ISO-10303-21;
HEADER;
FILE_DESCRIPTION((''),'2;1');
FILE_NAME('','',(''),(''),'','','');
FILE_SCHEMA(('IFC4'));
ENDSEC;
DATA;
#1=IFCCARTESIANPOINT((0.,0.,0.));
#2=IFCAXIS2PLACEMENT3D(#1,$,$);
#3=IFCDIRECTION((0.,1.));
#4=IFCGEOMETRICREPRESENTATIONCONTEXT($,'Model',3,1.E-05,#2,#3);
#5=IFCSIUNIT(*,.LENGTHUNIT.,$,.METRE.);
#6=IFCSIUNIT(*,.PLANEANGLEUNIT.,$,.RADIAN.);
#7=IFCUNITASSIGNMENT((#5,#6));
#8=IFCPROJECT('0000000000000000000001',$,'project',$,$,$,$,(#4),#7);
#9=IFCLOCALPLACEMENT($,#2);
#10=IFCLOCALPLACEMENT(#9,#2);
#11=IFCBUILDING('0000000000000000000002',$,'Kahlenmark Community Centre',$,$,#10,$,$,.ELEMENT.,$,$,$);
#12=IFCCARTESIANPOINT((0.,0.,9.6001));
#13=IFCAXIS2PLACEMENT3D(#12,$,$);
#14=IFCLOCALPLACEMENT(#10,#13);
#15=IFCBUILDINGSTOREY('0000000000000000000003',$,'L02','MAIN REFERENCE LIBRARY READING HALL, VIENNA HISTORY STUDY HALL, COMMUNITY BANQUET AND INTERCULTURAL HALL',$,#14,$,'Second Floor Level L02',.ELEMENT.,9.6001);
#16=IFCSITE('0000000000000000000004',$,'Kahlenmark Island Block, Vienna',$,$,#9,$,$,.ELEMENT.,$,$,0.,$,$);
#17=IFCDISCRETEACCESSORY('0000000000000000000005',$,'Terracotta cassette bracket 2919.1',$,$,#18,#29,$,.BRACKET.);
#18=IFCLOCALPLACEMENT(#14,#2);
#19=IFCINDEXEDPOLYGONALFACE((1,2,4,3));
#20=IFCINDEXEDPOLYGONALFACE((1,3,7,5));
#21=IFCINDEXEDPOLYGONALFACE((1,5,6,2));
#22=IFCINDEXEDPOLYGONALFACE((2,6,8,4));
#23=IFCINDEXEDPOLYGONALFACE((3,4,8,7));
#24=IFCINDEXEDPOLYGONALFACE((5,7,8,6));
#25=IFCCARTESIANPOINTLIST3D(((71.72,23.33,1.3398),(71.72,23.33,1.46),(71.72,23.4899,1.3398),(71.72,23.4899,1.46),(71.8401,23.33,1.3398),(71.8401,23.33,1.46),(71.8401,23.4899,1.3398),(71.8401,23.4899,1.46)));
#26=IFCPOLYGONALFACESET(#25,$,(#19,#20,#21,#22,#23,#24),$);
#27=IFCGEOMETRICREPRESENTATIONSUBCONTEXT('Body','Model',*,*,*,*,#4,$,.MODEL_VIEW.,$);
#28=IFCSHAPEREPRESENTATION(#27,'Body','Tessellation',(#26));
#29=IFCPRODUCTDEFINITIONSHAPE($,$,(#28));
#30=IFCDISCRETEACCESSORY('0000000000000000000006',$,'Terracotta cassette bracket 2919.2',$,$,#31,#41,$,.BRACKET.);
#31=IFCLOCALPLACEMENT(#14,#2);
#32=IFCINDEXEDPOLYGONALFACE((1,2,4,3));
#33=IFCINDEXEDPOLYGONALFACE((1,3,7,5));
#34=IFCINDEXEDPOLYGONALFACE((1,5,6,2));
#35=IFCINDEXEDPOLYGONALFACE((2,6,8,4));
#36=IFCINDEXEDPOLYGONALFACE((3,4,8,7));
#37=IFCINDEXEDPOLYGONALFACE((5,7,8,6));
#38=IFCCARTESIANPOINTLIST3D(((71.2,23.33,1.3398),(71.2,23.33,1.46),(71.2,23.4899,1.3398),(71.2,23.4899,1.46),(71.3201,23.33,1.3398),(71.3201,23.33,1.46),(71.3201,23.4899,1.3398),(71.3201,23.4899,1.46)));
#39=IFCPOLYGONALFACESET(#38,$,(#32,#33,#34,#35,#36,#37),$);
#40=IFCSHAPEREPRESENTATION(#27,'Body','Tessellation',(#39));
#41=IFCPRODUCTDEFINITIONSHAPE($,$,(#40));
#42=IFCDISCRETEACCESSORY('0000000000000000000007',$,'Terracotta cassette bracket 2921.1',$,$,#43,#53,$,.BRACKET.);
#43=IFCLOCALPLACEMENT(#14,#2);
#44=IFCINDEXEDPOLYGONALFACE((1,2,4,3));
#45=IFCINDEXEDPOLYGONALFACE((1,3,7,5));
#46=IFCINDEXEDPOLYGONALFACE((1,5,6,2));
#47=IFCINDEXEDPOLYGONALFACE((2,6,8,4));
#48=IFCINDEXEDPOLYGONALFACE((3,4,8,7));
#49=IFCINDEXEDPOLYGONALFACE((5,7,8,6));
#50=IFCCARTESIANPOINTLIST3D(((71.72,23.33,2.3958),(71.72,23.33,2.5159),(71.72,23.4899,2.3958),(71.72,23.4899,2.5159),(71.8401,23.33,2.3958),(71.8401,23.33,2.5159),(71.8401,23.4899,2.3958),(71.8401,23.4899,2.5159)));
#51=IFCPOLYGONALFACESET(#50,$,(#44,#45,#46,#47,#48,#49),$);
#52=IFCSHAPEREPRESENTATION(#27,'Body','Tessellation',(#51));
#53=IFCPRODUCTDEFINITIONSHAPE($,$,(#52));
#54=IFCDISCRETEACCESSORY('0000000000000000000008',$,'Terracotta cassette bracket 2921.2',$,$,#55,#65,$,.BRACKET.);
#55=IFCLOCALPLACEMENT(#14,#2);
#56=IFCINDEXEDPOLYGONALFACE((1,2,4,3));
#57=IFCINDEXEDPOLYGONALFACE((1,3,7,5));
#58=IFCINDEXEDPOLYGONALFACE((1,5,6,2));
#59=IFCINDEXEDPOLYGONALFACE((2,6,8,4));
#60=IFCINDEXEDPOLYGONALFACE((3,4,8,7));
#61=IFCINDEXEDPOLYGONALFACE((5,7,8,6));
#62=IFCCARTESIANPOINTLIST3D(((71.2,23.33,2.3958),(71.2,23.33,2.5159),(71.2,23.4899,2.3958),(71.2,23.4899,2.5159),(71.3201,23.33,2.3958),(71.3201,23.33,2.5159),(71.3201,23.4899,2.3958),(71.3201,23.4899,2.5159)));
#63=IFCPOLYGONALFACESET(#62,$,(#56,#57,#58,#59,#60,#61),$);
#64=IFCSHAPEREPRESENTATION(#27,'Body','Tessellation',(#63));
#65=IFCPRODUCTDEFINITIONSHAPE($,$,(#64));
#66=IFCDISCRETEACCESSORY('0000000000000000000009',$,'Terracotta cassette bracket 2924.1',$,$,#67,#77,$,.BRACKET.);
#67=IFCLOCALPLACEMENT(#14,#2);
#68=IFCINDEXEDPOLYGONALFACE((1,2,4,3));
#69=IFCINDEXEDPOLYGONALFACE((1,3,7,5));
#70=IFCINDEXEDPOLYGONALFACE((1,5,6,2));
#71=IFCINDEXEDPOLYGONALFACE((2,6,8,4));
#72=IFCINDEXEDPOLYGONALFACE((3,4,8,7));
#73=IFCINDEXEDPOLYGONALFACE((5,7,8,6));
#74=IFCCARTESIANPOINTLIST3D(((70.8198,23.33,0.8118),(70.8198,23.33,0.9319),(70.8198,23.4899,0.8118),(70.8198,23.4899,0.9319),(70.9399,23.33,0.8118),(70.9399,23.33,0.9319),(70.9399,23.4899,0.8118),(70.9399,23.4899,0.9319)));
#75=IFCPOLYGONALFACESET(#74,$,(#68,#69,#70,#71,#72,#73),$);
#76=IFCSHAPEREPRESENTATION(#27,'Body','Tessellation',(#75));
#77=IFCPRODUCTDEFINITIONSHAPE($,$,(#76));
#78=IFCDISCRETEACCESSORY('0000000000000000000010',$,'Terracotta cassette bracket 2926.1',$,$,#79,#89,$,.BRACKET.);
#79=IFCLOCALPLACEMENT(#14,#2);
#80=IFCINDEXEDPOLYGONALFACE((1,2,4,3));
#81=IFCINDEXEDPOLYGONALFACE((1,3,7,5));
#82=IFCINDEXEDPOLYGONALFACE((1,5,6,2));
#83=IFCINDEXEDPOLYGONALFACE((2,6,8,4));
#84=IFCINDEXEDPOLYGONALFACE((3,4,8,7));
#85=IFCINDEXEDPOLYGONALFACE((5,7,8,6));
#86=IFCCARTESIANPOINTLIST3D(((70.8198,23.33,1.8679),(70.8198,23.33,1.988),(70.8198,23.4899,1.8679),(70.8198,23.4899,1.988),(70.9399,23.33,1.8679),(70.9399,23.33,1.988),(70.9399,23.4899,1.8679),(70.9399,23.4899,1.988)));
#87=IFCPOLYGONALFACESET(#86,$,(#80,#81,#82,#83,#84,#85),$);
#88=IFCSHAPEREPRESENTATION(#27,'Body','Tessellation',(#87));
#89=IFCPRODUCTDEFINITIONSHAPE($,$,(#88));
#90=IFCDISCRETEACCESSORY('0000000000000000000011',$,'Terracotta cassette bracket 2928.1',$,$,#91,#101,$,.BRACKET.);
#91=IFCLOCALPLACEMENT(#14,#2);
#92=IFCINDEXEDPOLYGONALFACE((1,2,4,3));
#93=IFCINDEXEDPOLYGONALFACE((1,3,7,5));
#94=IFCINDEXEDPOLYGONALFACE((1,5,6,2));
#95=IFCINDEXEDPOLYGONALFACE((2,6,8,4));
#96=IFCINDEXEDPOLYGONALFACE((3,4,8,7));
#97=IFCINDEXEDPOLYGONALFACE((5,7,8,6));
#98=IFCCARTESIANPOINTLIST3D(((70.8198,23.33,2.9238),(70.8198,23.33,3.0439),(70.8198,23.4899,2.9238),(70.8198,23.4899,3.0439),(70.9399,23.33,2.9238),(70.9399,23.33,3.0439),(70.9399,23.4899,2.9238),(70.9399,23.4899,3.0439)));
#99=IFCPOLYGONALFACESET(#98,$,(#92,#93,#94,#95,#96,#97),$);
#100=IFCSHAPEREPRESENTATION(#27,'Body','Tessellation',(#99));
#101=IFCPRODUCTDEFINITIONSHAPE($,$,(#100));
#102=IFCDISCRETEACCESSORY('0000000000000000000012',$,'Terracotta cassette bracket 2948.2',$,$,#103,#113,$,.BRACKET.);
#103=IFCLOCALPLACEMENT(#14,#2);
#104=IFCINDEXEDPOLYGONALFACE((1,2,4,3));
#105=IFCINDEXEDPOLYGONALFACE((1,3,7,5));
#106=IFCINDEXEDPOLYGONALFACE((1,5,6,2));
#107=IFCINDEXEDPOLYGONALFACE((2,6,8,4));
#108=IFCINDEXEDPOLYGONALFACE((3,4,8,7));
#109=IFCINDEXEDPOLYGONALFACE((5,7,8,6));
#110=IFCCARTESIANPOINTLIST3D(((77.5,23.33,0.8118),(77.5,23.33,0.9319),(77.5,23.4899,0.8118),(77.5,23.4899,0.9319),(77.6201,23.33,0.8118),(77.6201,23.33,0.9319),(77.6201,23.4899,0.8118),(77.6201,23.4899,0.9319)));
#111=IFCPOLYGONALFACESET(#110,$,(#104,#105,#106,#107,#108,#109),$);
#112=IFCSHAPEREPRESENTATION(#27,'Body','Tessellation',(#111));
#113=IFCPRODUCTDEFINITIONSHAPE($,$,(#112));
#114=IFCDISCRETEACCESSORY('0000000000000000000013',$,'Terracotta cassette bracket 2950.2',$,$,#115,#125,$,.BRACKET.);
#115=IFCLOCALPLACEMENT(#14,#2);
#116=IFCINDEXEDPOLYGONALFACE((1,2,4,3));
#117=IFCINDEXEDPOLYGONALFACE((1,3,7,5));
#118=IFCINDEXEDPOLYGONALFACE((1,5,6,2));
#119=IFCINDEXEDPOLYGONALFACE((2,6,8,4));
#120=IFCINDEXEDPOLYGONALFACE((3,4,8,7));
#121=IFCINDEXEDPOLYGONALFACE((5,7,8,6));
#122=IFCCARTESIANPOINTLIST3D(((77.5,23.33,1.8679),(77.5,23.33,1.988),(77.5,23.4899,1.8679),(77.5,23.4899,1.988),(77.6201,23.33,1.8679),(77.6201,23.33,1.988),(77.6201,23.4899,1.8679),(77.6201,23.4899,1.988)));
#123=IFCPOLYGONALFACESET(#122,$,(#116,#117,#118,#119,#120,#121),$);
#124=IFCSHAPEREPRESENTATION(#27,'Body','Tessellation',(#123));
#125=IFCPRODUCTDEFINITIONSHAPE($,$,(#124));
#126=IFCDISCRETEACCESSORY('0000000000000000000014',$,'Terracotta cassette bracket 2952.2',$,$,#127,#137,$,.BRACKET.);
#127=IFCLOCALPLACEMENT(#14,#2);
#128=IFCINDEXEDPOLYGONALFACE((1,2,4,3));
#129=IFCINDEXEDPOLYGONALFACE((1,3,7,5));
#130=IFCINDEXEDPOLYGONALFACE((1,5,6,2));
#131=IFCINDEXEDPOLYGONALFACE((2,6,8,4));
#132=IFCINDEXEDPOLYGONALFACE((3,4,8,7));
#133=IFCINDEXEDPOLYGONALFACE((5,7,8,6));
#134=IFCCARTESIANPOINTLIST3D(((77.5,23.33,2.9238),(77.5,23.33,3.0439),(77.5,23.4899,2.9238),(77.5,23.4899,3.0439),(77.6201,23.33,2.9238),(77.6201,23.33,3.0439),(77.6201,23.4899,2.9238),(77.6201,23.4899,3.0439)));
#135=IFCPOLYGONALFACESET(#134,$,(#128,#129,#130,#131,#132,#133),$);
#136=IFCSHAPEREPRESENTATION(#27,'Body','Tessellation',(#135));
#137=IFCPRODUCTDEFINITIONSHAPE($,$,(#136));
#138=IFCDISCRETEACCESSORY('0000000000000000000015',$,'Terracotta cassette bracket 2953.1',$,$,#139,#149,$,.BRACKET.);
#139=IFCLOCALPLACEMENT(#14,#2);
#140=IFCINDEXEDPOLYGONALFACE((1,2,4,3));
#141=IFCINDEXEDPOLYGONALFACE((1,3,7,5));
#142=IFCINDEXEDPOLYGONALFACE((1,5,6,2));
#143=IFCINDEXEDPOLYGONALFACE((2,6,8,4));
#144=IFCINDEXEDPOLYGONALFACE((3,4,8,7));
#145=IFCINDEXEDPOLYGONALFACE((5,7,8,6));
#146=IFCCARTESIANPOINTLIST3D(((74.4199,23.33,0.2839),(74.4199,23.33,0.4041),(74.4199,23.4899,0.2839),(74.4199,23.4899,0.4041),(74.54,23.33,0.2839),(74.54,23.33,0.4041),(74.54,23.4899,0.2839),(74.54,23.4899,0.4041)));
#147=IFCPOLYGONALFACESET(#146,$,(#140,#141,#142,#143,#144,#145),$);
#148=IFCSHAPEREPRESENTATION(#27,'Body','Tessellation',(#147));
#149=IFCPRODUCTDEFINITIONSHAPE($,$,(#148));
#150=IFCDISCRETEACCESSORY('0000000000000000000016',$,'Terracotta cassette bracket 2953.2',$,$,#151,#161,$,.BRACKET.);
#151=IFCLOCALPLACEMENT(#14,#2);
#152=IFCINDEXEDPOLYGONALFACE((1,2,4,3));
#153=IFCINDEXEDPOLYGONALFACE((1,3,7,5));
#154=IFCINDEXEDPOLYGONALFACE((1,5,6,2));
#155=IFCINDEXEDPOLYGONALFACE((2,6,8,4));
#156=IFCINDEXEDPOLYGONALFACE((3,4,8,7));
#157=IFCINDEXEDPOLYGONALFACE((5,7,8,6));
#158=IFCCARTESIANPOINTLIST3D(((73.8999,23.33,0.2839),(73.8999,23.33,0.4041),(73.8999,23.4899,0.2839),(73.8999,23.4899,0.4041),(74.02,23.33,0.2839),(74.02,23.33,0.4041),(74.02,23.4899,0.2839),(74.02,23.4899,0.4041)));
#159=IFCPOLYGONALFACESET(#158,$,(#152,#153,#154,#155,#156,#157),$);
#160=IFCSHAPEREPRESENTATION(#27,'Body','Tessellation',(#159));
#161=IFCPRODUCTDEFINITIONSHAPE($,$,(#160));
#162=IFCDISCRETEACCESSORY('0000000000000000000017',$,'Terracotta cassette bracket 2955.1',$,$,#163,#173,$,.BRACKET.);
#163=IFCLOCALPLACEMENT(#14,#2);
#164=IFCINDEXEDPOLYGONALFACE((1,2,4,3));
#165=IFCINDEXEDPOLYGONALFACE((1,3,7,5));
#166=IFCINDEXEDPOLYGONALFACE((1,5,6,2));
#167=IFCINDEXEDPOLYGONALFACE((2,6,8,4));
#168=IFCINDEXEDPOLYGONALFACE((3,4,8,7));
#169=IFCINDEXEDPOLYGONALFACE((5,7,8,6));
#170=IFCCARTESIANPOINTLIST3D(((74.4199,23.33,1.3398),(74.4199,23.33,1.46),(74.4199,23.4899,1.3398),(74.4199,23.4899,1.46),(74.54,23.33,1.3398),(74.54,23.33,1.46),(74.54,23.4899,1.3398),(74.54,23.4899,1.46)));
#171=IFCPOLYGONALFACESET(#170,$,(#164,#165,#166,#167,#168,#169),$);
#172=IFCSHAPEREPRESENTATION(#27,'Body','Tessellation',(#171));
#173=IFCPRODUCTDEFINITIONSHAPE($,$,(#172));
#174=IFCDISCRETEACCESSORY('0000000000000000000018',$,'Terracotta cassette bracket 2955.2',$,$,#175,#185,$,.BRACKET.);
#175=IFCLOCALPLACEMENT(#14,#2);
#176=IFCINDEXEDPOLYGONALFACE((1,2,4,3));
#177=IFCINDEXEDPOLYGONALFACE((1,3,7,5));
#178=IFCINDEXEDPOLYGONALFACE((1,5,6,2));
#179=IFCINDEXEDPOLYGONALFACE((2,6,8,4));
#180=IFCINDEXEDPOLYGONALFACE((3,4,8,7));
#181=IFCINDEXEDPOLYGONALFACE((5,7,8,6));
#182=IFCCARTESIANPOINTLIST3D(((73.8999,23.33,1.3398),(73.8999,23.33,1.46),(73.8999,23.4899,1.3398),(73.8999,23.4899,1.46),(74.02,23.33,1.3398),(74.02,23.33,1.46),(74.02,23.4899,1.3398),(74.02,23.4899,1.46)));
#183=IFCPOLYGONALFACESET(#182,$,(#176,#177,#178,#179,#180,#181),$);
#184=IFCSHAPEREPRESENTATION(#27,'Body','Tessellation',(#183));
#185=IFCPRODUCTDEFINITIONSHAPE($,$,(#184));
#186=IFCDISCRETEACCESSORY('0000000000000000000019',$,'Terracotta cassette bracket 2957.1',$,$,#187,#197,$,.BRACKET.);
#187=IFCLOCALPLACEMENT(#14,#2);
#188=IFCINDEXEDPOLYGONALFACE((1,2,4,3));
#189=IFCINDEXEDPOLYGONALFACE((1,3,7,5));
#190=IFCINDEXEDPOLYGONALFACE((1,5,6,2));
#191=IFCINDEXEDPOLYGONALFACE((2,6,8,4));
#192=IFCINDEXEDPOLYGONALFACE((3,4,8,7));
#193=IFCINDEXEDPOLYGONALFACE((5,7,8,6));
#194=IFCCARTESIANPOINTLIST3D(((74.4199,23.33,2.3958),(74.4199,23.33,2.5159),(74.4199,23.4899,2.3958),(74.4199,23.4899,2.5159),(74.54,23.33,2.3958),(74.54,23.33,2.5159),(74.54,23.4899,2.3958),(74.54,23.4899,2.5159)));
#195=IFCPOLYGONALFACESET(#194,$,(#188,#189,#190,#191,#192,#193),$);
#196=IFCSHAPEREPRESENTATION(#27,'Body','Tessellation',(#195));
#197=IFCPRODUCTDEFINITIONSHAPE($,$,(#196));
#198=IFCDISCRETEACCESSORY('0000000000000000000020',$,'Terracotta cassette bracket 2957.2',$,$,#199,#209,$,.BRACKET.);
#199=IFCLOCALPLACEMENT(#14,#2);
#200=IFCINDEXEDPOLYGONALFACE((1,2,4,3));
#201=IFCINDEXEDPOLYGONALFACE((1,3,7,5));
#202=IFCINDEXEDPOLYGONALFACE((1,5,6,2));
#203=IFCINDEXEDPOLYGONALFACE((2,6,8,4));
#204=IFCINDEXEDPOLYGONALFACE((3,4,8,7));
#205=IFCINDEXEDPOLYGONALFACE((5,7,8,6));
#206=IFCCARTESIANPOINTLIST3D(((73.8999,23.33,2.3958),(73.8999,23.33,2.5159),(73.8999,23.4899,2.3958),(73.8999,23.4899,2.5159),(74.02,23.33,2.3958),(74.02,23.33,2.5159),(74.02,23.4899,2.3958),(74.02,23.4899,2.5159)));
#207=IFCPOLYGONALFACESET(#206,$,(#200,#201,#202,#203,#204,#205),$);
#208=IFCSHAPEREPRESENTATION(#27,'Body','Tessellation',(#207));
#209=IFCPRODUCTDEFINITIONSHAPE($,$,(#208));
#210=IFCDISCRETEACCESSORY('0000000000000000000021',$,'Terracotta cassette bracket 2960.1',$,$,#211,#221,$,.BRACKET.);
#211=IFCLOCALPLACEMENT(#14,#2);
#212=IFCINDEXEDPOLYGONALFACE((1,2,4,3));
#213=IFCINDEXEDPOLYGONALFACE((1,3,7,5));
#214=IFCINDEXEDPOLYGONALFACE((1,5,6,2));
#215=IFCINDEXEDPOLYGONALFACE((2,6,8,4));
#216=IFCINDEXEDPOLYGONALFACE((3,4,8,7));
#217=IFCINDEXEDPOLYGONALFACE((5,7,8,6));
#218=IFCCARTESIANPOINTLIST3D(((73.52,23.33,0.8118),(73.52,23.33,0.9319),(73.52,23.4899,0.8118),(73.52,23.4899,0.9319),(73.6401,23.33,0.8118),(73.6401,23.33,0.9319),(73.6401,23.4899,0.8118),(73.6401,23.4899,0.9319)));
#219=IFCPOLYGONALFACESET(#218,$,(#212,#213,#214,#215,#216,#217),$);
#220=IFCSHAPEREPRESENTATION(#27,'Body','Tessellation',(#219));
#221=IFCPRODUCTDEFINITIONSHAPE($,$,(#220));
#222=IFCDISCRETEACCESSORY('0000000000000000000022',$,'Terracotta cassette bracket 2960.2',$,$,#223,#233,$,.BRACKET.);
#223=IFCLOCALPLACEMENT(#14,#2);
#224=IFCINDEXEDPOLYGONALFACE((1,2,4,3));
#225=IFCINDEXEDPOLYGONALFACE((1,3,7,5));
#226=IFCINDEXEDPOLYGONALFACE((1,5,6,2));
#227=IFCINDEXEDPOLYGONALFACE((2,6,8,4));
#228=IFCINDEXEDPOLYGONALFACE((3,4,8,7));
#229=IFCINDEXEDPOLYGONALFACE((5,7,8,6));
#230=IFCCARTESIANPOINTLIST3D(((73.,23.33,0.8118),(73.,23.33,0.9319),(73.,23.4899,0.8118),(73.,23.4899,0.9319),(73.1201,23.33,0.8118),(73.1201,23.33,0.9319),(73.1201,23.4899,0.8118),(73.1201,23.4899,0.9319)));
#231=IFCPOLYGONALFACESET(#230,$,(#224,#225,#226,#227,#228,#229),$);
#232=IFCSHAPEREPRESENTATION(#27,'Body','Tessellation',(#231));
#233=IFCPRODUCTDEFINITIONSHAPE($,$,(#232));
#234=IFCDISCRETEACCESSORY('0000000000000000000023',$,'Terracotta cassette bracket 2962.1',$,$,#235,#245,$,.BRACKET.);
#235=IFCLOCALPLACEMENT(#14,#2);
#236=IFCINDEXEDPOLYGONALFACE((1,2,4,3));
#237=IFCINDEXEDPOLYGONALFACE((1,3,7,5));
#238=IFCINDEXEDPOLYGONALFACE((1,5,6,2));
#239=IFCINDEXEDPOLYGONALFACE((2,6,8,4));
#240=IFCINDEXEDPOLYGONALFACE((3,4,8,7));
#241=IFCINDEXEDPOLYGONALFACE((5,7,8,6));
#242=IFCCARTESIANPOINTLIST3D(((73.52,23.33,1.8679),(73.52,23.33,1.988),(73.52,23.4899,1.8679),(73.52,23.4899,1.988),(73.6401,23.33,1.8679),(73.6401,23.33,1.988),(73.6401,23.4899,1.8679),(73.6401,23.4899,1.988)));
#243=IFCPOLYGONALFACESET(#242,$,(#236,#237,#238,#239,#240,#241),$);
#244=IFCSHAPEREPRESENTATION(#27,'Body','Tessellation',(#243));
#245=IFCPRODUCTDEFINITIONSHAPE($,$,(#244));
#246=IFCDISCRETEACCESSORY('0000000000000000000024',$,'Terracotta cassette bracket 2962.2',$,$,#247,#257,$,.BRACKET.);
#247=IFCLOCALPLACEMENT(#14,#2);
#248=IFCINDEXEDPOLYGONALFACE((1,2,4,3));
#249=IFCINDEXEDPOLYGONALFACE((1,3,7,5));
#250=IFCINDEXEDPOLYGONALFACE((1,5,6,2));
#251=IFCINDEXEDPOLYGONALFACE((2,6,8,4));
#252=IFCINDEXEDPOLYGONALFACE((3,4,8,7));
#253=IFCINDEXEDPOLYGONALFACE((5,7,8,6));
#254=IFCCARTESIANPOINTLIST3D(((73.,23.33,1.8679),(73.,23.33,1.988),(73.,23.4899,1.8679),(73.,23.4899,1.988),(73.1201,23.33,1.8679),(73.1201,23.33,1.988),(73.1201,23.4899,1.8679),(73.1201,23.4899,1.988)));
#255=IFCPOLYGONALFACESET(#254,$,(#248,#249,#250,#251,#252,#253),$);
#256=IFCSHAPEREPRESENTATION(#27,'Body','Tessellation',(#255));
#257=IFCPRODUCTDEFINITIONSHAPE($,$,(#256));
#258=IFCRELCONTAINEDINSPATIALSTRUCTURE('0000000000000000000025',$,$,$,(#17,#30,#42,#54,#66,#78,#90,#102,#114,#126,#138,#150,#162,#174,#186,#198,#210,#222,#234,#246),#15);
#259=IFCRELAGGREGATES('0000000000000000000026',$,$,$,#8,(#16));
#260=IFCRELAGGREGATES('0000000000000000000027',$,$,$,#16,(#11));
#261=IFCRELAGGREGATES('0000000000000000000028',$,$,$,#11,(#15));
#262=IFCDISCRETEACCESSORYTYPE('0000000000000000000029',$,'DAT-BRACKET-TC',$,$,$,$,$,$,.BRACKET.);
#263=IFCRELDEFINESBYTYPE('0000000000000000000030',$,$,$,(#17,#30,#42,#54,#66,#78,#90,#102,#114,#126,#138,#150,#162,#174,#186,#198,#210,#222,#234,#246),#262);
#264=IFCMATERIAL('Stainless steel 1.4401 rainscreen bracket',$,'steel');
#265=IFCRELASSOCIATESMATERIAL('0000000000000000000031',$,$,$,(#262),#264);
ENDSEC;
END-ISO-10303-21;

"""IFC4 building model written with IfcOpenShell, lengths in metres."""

from ifc_helpers import new_model, si_unit, direction, frame, origin, origin_2d, place, context, subcontext, project, spatial, rectangle, extrude, material, type_object, element, save


model = new_model("IFC4")

# Units and contexts
model_context = context("Model", 3, precision=1e-05, world=origin(), true_north=direction((0.0, 1.0)))
body_context = subcontext(model_context, "Body", "Model", "MODEL_VIEW")
ifc_project = project(units=[si_unit("LENGTHUNIT", "METRE"), si_unit("PLANEANGLEUNIT", "RADIAN")], contexts=[model_context])

# Site, building, storey
site_placement = place(None, origin())
site = spatial("IfcSite", under=ifc_project, at=site_placement, Name="Kahlenmark Island Block, Vienna", CompositionType="ELEMENT", RefElevation=0.0)
building_placement = place(site_placement, origin())
building = spatial("IfcBuilding", under=site, at=building_placement, Name="Kahlenmark Community Centre", CompositionType="ELEMENT")
storey_placement = place(building_placement, frame((0.0, 0.0, 9.6001)))
storey = spatial("IfcBuildingStorey", under=building, at=storey_placement, Name="L02", Description="MAIN REFERENCE LIBRARY READING HALL, VIENNA HISTORY STUDY HALL, COMMUNITY BANQUET AND INTERCULTURAL HALL", LongName="Second Floor Level L02", CompositionType="ELEMENT", Elevation=9.6001)

# Discrete accessories
ifc_material_1 = material(Name="Stainless steel 1.4401 rainscreen bracket", Category="steel")
discrete_accessory_type = type_object("IfcDiscreteAccessoryType", Name="DAT-BRACKET-TC", PredefinedType="BRACKET", material=ifc_material_1)
for number, where, z_axis, x_axis, name in (
    (1, (71.78, 23.4099, 1.3398), (0.0, 0.0, 1.0), (-1.0, 0.0, 0.0), "Terracotta cassette bracket 2919.1"),
    (2, (71.26, 23.4099, 1.3398), (0.0, 0.0, 1.0), (-1.0, 0.0, 0.0), "Terracotta cassette bracket 2919.2"),
    (3, (71.78, 23.4099, 2.3958), (0.0, 0.0, 1.0), (-1.0, 0.0, 0.0), "Terracotta cassette bracket 2921.1"),
    (4, (71.26, 23.4099, 2.3958), (0.0, 0.0, 1.0), (-1.0, 0.0, 0.0), "Terracotta cassette bracket 2921.2"),
    (5, (70.8799, 23.4099, 0.8118), (0.0, 0.0, 1.0), (-1.0, 0.0, 0.0), "Terracotta cassette bracket 2924.1"),
    (6, (70.8799, 23.4099, 1.8679), (0.0, 0.0, 1.0), (-1.0, 0.0, 0.0), "Terracotta cassette bracket 2926.1"),
    (7, (70.8799, 23.4099, 2.9238), (0.0, 0.0, 1.0), (-1.0, 0.0, 0.0), "Terracotta cassette bracket 2928.1"),
    (8, (77.5601, 23.4099, 0.8118), (0.0, 0.0, 1.0), (-1.0, 0.0, 0.0), "Terracotta cassette bracket 2948.2"),
    (9, (77.5601, 23.4099, 1.8679), (0.0, 0.0, 1.0), (-1.0, 0.0, 0.0), "Terracotta cassette bracket 2950.2"),
    (10, (77.5601, 23.4099, 2.9238), (0.0, 0.0, 1.0), (-1.0, 0.0, 0.0), "Terracotta cassette bracket 2952.2"),
    (11, (74.48, 23.4099, 0.2839), (0.0, 0.0, 1.0), (-1.0, 0.0, 0.0), "Terracotta cassette bracket 2953.1"),
    (12, (73.96, 23.4099, 0.2839), (0.0, 0.0, 1.0), (-1.0, 0.0, 0.0), "Terracotta cassette bracket 2953.2"),
    (13, (74.48, 23.4099, 1.3398), (0.0, 0.0, 1.0), (-1.0, 0.0, 0.0), "Terracotta cassette bracket 2955.1"),
    (14, (73.96, 23.4099, 1.3398), (0.0, 0.0, 1.0), (-1.0, 0.0, 0.0), "Terracotta cassette bracket 2955.2"),
    (15, (74.48, 23.4099, 2.3958), (0.0, 0.0, 1.0), (-1.0, 0.0, 0.0), "Terracotta cassette bracket 2957.1"),
    (16, (73.96, 23.4099, 2.3958), (0.0, 0.0, 1.0), (-1.0, 0.0, 0.0), "Terracotta cassette bracket 2957.2"),
    (17, (73.5801, 23.4099, 0.8118), (0.0, 0.0, 1.0), (-1.0, 0.0, 0.0), "Terracotta cassette bracket 2960.1"),
    (18, (73.0601, 23.4099, 0.8118), (0.0, 0.0, 1.0), (-1.0, 0.0, 0.0), "Terracotta cassette bracket 2960.2"),
    (19, (73.5801, 23.4099, 1.8679), (0.0, 0.0, 1.0), (-1.0, 0.0, 0.0), "Terracotta cassette bracket 2962.1"),
    (20, (73.0601, 23.4099, 1.8679), (0.0, 0.0, 1.0), (-1.0, 0.0, 0.0), "Terracotta cassette bracket 2962.2"),
):
    element("IfcDiscreteAccessory", number, at=place(storey_placement, frame(where, z_axis=z_axis, x_axis=x_axis)), inside=storey, type_object=discrete_accessory_type, Name=name, PredefinedType="BRACKET", context=body_context, shape_type="SweptSolid", body=[
        extrude(rectangle(XDim=0.1201, YDim=0.1599, at=origin_2d()), origin(), (0.0, 0.0, 1.0), 0.1201),
    ])

save(model, "model.ifc")
